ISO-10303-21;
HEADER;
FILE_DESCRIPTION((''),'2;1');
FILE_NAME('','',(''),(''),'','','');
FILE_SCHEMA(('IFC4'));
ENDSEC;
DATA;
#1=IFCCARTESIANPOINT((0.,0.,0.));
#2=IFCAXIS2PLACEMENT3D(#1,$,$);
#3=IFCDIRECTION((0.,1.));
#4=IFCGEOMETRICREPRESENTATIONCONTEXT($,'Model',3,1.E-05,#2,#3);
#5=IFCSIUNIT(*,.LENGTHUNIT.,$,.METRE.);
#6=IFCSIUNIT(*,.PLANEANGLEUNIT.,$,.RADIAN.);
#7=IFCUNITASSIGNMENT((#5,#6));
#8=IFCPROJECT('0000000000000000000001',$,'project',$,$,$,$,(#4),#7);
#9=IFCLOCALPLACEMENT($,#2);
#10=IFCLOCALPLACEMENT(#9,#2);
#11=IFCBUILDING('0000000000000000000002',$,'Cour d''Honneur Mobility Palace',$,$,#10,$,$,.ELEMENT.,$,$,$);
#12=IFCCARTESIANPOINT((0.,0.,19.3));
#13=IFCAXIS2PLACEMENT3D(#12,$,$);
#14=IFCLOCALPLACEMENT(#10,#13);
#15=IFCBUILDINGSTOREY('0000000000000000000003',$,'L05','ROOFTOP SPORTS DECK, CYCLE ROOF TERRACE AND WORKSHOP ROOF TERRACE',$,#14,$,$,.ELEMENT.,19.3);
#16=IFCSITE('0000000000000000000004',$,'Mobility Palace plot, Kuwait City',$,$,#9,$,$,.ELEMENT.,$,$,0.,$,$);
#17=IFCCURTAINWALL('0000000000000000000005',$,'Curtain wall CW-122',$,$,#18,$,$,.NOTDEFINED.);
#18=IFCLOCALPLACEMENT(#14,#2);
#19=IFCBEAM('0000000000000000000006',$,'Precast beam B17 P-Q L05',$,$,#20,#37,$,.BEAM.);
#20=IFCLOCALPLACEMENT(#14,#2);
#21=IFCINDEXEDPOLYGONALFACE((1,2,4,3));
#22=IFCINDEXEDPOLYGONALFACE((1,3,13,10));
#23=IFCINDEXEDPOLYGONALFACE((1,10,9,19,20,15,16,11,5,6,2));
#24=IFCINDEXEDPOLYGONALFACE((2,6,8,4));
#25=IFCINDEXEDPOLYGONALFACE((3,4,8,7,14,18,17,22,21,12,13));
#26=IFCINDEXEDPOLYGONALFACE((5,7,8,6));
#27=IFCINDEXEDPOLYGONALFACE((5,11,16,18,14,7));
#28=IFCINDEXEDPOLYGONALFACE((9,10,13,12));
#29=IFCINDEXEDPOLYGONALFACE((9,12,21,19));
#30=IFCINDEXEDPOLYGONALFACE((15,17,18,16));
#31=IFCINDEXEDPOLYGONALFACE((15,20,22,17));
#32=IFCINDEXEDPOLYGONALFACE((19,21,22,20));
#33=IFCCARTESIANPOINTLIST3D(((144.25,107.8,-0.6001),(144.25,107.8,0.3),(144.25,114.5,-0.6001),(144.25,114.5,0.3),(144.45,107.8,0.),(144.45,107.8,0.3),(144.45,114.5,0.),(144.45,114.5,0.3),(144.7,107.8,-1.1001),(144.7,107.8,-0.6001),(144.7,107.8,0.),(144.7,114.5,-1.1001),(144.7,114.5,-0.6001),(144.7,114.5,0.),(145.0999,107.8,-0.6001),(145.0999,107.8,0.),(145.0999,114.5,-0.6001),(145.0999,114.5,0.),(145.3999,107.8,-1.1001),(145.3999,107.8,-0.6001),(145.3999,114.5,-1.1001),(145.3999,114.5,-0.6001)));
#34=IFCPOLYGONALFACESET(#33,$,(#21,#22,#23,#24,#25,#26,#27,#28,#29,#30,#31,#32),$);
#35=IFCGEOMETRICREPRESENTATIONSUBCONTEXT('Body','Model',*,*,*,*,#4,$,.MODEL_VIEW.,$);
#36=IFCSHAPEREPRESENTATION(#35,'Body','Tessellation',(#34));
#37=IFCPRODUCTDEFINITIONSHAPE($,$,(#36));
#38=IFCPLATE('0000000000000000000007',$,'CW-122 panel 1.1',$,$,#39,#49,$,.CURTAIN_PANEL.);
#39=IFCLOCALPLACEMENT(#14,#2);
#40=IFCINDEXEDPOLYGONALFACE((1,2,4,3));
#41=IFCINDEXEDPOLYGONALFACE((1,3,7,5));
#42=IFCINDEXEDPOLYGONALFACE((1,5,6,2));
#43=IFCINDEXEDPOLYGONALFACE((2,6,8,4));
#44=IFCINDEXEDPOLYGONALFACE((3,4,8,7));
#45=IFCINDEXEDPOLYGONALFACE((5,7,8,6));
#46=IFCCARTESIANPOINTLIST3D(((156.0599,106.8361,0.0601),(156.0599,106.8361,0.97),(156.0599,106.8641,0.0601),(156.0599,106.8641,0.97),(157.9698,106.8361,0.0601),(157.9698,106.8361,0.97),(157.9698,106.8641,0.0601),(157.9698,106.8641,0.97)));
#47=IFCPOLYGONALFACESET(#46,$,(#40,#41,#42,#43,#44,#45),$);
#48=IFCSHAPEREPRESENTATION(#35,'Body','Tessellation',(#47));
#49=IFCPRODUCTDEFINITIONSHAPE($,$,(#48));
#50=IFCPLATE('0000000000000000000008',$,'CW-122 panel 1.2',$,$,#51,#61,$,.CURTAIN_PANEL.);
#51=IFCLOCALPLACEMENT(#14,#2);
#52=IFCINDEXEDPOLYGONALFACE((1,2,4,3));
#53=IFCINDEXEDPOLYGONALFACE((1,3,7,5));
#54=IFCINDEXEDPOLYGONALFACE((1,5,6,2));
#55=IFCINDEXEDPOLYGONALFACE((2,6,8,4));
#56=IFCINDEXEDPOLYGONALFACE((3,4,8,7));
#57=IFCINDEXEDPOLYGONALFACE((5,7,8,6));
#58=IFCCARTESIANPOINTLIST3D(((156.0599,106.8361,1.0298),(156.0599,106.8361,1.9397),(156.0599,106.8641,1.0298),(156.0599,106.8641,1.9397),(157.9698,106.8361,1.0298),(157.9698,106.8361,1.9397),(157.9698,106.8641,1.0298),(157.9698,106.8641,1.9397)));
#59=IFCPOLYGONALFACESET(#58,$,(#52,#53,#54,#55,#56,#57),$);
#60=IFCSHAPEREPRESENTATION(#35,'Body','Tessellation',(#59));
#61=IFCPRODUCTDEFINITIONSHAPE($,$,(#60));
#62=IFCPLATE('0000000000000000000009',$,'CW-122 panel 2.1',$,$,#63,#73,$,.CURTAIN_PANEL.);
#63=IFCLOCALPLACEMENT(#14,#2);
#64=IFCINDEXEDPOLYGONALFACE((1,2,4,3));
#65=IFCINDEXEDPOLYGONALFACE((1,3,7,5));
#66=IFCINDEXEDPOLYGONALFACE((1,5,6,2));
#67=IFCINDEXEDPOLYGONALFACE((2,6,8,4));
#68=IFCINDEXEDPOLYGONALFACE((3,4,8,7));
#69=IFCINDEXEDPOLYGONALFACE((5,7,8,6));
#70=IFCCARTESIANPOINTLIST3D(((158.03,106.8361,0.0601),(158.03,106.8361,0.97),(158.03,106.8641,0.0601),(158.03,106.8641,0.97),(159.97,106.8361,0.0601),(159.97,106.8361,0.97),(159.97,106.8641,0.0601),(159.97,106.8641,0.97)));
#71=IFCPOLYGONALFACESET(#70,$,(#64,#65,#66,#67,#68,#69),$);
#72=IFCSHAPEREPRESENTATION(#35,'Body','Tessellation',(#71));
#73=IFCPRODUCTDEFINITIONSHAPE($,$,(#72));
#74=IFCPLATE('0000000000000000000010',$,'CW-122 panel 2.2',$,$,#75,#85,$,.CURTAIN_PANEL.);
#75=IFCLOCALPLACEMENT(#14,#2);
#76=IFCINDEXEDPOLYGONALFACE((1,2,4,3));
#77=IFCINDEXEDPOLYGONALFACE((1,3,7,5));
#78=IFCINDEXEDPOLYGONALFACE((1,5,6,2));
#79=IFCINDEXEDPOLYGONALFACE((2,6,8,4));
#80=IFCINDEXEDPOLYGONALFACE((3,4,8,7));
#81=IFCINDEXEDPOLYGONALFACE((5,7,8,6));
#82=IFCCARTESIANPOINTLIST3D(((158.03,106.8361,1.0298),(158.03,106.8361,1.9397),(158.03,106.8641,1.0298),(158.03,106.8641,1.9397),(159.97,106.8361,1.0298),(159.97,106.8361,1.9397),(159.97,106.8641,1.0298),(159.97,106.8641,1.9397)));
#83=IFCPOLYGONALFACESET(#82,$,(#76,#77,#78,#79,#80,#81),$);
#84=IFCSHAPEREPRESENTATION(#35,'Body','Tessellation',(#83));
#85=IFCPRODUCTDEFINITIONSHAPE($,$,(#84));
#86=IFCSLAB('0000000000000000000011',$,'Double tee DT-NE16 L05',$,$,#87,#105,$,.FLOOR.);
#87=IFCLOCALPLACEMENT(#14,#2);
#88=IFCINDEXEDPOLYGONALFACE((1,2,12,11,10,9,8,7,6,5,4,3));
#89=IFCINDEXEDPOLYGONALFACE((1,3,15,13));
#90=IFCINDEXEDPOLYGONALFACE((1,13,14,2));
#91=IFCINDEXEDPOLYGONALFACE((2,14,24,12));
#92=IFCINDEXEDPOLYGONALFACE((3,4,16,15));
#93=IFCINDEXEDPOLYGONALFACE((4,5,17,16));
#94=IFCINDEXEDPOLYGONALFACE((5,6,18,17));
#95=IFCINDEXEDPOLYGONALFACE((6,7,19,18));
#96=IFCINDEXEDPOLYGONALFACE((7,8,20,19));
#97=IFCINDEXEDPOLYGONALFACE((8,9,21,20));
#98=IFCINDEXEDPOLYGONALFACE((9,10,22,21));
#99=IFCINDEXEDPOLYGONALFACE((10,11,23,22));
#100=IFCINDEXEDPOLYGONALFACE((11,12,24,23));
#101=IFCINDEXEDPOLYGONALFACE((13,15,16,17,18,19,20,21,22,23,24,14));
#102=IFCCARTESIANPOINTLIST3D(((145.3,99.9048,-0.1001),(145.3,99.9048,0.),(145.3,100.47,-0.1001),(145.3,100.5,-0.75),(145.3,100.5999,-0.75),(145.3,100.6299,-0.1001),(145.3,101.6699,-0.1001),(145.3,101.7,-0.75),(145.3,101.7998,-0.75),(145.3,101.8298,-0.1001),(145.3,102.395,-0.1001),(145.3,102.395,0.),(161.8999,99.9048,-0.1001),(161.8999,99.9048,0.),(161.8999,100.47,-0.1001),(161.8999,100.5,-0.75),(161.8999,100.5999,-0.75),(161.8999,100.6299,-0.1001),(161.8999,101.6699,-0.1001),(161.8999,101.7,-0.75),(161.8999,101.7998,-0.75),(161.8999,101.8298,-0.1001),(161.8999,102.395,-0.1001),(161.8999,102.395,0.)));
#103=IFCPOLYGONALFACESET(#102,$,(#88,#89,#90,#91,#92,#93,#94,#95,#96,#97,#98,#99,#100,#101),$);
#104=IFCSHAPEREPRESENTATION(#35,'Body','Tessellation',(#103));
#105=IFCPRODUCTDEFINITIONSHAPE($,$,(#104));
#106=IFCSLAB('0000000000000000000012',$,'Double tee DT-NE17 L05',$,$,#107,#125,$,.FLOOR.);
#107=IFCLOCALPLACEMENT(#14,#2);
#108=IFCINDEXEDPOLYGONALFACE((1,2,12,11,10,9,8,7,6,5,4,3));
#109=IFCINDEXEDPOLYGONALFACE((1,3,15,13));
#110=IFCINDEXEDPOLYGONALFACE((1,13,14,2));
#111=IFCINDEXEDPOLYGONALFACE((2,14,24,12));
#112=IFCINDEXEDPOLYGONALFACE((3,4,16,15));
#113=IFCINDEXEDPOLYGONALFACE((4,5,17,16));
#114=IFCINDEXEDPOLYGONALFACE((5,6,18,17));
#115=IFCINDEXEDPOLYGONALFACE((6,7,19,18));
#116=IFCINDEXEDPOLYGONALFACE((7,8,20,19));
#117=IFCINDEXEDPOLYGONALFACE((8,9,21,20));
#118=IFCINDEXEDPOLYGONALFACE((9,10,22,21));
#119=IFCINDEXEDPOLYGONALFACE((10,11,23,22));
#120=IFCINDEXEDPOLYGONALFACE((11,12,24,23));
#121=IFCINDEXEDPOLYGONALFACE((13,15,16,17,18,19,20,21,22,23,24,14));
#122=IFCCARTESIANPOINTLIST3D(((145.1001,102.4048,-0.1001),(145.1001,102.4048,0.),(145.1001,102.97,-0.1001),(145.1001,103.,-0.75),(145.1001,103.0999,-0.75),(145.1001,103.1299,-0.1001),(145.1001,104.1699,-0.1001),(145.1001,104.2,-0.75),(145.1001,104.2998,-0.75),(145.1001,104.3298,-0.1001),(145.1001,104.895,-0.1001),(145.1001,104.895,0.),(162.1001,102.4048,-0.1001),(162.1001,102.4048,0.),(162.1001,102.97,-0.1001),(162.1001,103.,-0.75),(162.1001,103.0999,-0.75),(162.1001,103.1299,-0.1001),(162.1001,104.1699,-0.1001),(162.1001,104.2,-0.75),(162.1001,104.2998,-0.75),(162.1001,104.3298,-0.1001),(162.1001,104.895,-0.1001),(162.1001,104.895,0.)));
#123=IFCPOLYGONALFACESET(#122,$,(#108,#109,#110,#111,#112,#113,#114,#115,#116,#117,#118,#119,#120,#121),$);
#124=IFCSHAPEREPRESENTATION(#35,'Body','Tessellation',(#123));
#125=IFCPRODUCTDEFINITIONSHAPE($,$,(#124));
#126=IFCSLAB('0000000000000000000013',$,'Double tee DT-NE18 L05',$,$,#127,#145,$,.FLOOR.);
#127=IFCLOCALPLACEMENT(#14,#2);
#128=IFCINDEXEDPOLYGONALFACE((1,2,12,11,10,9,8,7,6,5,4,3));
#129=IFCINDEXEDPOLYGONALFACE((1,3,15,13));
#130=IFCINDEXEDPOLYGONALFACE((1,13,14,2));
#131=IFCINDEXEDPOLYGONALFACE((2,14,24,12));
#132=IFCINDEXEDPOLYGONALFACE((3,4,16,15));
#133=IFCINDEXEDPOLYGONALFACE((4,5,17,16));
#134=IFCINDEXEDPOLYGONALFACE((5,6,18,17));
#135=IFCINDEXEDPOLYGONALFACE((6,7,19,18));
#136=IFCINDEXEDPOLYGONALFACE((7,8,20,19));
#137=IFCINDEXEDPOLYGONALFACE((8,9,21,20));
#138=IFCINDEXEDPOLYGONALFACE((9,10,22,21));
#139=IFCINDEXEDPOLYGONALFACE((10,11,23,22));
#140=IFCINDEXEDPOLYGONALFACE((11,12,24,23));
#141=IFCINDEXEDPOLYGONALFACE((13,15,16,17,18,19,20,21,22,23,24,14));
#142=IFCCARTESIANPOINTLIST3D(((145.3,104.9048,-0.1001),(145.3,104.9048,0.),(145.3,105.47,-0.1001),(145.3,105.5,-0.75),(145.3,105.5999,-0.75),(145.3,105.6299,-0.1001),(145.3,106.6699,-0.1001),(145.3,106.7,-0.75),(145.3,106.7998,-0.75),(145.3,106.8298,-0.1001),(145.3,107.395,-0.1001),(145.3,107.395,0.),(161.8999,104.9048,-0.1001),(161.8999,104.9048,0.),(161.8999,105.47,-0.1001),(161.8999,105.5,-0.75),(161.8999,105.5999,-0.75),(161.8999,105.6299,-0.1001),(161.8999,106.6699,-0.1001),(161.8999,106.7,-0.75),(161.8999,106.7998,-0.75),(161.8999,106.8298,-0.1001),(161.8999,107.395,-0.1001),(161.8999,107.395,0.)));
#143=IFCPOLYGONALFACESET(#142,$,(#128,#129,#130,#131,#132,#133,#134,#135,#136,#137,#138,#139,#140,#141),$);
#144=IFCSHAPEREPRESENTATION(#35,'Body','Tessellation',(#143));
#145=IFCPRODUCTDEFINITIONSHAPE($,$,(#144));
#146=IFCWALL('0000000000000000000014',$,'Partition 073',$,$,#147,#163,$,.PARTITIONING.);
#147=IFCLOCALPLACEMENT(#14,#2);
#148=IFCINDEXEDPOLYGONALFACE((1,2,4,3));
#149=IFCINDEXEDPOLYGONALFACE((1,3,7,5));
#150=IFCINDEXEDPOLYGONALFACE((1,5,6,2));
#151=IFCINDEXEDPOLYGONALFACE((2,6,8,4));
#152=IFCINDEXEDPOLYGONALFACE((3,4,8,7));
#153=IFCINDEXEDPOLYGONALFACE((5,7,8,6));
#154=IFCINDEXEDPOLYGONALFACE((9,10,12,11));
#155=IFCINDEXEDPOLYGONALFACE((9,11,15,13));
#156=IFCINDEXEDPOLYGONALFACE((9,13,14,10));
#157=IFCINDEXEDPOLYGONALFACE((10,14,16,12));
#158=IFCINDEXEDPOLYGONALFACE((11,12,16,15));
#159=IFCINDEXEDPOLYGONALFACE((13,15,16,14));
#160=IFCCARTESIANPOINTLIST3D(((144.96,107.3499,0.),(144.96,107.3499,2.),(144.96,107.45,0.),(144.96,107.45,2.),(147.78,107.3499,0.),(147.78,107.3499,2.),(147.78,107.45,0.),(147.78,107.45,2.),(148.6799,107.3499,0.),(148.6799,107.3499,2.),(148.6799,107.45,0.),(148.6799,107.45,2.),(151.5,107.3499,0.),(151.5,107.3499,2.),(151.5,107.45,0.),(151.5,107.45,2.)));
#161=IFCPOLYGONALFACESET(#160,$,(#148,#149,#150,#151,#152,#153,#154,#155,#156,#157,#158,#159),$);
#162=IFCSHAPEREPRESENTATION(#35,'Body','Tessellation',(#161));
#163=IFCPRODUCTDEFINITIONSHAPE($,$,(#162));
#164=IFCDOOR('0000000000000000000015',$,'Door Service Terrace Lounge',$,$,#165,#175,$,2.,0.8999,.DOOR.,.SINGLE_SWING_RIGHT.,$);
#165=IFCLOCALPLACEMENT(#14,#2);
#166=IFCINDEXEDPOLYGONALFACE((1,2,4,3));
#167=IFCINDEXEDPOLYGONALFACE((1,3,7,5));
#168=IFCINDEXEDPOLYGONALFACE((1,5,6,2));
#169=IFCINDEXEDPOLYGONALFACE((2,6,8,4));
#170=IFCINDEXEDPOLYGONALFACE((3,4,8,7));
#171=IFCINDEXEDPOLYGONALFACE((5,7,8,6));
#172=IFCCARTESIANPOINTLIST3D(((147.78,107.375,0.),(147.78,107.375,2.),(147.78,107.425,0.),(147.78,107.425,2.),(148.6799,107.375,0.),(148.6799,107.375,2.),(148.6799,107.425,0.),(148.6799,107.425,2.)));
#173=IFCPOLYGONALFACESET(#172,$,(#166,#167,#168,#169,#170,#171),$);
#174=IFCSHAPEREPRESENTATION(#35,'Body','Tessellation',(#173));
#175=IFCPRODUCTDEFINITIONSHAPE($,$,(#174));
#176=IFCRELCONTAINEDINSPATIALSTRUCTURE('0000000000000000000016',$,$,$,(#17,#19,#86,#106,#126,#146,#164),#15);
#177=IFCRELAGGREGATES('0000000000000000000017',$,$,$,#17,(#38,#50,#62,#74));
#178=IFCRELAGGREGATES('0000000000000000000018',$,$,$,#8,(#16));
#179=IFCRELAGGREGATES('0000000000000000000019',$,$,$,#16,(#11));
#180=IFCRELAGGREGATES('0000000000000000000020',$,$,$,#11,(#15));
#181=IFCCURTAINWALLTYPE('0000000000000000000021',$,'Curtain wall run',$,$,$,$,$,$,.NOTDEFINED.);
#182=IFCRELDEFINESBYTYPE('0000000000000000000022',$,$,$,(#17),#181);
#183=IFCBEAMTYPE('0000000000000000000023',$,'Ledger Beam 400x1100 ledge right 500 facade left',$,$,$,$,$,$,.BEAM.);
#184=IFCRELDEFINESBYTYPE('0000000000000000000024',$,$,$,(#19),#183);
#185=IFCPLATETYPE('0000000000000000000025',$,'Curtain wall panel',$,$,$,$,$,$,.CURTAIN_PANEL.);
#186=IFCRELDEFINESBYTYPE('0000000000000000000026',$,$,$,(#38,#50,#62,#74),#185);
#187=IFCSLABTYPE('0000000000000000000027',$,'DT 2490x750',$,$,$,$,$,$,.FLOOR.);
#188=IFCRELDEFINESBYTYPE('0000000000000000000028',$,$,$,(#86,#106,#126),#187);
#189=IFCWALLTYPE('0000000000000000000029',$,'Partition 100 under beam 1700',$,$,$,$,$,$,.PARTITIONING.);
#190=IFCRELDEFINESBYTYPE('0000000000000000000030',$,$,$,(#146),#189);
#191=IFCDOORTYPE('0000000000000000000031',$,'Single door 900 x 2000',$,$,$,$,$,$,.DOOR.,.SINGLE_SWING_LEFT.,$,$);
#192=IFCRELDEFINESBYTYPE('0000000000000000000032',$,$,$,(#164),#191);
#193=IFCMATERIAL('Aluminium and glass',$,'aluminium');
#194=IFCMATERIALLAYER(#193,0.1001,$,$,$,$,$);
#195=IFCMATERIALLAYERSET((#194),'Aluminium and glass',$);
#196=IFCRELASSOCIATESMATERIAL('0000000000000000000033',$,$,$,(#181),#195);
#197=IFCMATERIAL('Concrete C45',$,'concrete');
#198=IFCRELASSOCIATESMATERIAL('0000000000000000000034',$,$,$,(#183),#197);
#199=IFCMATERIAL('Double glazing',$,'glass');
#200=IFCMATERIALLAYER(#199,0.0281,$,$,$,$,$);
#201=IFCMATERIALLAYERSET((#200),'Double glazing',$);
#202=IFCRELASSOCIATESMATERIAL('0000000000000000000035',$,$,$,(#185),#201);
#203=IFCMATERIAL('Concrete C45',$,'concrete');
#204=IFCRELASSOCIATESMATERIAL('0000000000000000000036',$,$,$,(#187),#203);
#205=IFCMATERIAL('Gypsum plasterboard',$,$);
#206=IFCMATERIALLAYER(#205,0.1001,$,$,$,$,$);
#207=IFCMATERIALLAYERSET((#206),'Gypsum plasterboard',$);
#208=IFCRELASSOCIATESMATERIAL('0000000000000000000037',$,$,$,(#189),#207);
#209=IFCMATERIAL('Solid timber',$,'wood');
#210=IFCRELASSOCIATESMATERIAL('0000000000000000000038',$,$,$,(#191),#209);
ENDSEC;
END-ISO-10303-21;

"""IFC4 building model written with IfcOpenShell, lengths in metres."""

from ifc_helpers import new_model, si_unit, direction, frame, frame_2d, origin, origin_2d, place, context, subcontext, project, spatial, polyline, rectangle, outline, extrude, material, layer, layer_set, material_profile, profile_set, type_object, element, fill, aggregate, save


model = new_model("IFC4")

# Units and contexts
model_context = context("Model", 3, precision=1e-05, world=origin(), true_north=direction((0.0, 1.0)))
body_context = subcontext(model_context, "Body", "Model", "MODEL_VIEW")
ifc_project = project(units=[si_unit("LENGTHUNIT", "METRE"), si_unit("PLANEANGLEUNIT", "RADIAN")], contexts=[model_context])

# Site, building, storey
site_placement = place(None, origin())
site = spatial("IfcSite", under=ifc_project, at=site_placement, Name="Mobility Palace plot, Kuwait City", CompositionType="ELEMENT", RefElevation=0.0)
building_placement = place(site_placement, origin())
building = spatial("IfcBuilding", under=site, at=building_placement, Name="Cour d'Honneur Mobility Palace", CompositionType="ELEMENT")
storey_placement = place(building_placement, frame((0.0, 0.0, 19.3)))
storey = spatial("IfcBuildingStorey", under=building, at=storey_placement, Name="L05", Description="ROOFTOP SPORTS DECK, CYCLE ROOF TERRACE AND WORKSHOP ROOF TERRACE", CompositionType="ELEMENT", Elevation=19.3)

# Curtain wall
ifc_material_1 = material(Name="Aluminium and glass", Category="aluminium")
ifc_layer_1 = layer(ifc_material_1, 0.1001)
ifc_layer_set_1 = layer_set([ifc_layer_1], Name="Aluminium and glass")
curtain_wall_type = type_object("IfcCurtainWallType", Name="Curtain wall run", PredefinedType="NOTDEFINED", material=ifc_layer_set_1)
curtain_wall_placement = place(storey_placement, origin())
curtain_wall = element("IfcCurtainWall", 1, at=curtain_wall_placement, inside=storey, type_object=curtain_wall_type, Name="Curtain wall CW-122", PredefinedType="NOTDEFINED")

# Beam
ifc_material_2 = material(Name="Concrete C45", Category="concrete")
ifc_material_profile_1 = material_profile(ifc_material_2, outline(polyline([(0.2, -1.1001), (0.2, -0.6001), (0.6499, -0.6001), (0.6499, 0.3), (0.45, 0.3), (0.45, 0.0), (0.2, 0.0), (-0.2, 0.0), (-0.2, -0.6001), (-0.5, -0.6001), (-0.5, -1.1001), (0.2, -1.1001)])), Name="Ledger Beam 400x1100 ledge right 500 facade left")
ifc_profile_set_1 = profile_set([ifc_material_profile_1], Name="Concrete C45")
beam_type_1 = type_object("IfcBeamType", Name="Ledger Beam 400x1100 ledge right 500 facade left", PredefinedType="BEAM", material=ifc_profile_set_1)
beam_1_placement = place(storey_placement, frame((144.8999, 107.8, 0.0), z_axis=(0.0, 1.0, 0.0), x_axis=(-1.0, 0.0, 0.0)))
element("IfcBeam", 2, at=beam_1_placement, inside=storey, type_object=beam_type_1, Name="Precast beam B17 P-Q L05", PredefinedType="BEAM", context=body_context, shape_type="SweptSolid", body=[
    extrude(outline(polyline([(0.2, -1.1001), (0.2, -0.6001), (0.6499, -0.6001), (0.6499, 0.3), (0.45, 0.3), (0.45, 0.0), (0.2, 0.0), (-0.2, 0.0), (-0.2, -0.6001), (-0.5, -0.6001), (-0.5, -1.1001), (0.2, -1.1001)])), origin(), (0.0, 0.0, 1.0), 6.7),
])

# Plates
ifc_material_3 = material(Name="Double glazing", Category="glass")
ifc_layer_2 = layer(ifc_material_3, 0.0281)
ifc_layer_set_2 = layer_set([ifc_layer_2], Name="Double glazing")
plate_type = type_object("IfcPlateType", Name="Curtain wall panel", PredefinedType="CURTAIN_PANEL", material=ifc_layer_set_2)
plate_1_placement = place(storey_placement, frame((157.0149, 106.8501, 0.0601), z_axis=(0.0, 0.0, 1.0), x_axis=(1.0, 0.0, 0.0)))
plate_1 = element("IfcPlate", 3, at=plate_1_placement, type_object=plate_type, Name="CW-122 panel 1.1", PredefinedType="CURTAIN_PANEL", context=body_context, shape_type="SweptSolid", body=[
    extrude(rectangle(XDim=1.9099, YDim=0.0281, at=origin_2d()), origin(), (0.0, 0.0, 1.0), 0.9099),
])
plate_2_placement = place(storey_placement, frame((157.0149, 106.8501, 1.0298), z_axis=(0.0, 0.0, 1.0), x_axis=(1.0, 0.0, 0.0)))
plate_2 = element("IfcPlate", 4, at=plate_2_placement, type_object=plate_type, Name="CW-122 panel 1.2", PredefinedType="CURTAIN_PANEL", context=body_context, shape_type="SweptSolid", body=[
    extrude(rectangle(XDim=1.9099, YDim=0.0281, at=origin_2d()), origin(), (0.0, 0.0, 1.0), 0.9099),
])
plate_3_placement = place(storey_placement, frame((159.0, 106.8501, 0.0601), z_axis=(0.0, 0.0, 1.0), x_axis=(1.0, 0.0, 0.0)))
plate_3 = element("IfcPlate", 5, at=plate_3_placement, type_object=plate_type, Name="CW-122 panel 2.1", PredefinedType="CURTAIN_PANEL", context=body_context, shape_type="SweptSolid", body=[
    extrude(rectangle(XDim=1.9399, YDim=0.0281, at=origin_2d()), origin(), (0.0, 0.0, 1.0), 0.9099),
])
plate_4_placement = place(storey_placement, frame((159.0, 106.8501, 1.0298), z_axis=(0.0, 0.0, 1.0), x_axis=(1.0, 0.0, 0.0)))
plate_4 = element("IfcPlate", 6, at=plate_4_placement, type_object=plate_type, Name="CW-122 panel 2.2", PredefinedType="CURTAIN_PANEL", context=body_context, shape_type="SweptSolid", body=[
    extrude(rectangle(XDim=1.9399, YDim=0.0281, at=origin_2d()), origin(), (0.0, 0.0, 1.0), 0.9099),
])
aggregate(curtain_wall, [plate_1, plate_2, plate_3, plate_4])

# Slabs
ifc_material_4 = material(Name="Concrete C45", Category="concrete")
ifc_material_profile_2 = material_profile(ifc_material_4, outline(polyline([(-1.2451, 0.0), (1.2451, 0.0), (1.2451, -0.1001), (0.6799, -0.1001), (0.6499, -0.75), (0.55, -0.75), (0.52, -0.1001), (-0.52, -0.1001), (-0.55, -0.75), (-0.6499, -0.75), (-0.6799, -0.1001), (-1.2451, -0.1001), (-1.2451, 0.0)])), Name="DT 2490x750")
ifc_profile_set_2 = profile_set([ifc_material_profile_2], Name="Concrete C45")
slab_type = type_object("IfcSlabType", Name="DT 2490x750", PredefinedType="FLOOR", material=ifc_profile_set_2)
slab_1_placement = place(storey_placement, frame((145.3, 101.1499, 0.0), z_axis=(1.0, 0.0, 0.0), x_axis=(0.0, 1.0, 0.0)))
element("IfcSlab", 7, at=slab_1_placement, inside=storey, type_object=slab_type, Name="Double tee DT-NE16 L05", PredefinedType="FLOOR", context=body_context, shape_type="SweptSolid", body=[
    extrude(outline(polyline([(-1.2451, 0.0), (1.2451, 0.0), (1.2451, -0.1001), (0.6799, -0.1001), (0.6499, -0.75), (0.55, -0.75), (0.52, -0.1001), (-0.52, -0.1001), (-0.55, -0.75), (-0.6499, -0.75), (-0.6799, -0.1001), (-1.2451, -0.1001), (-1.2451, 0.0)])), origin(), (0.0, 0.0, 1.0), 16.5999),
])
slab_2_placement = place(storey_placement, frame((145.1001, 103.6499, 0.0), z_axis=(1.0, 0.0, 0.0), x_axis=(0.0, 1.0, 0.0)))
element("IfcSlab", 8, at=slab_2_placement, inside=storey, type_object=slab_type, Name="Double tee DT-NE17 L05", PredefinedType="FLOOR", context=body_context, shape_type="SweptSolid", body=[
    extrude(outline(polyline([(-1.2451, 0.0), (1.2451, 0.0), (1.2451, -0.1001), (0.6799, -0.1001), (0.6499, -0.75), (0.55, -0.75), (0.52, -0.1001), (-0.52, -0.1001), (-0.55, -0.75), (-0.6499, -0.75), (-0.6799, -0.1001), (-1.2451, -0.1001), (-1.2451, 0.0)])), origin(), (0.0, 0.0, 1.0), 17.0),
])
slab_3_placement = place(storey_placement, frame((145.3, 106.1499, 0.0), z_axis=(1.0, 0.0, 0.0), x_axis=(0.0, 1.0, 0.0)))
element("IfcSlab", 9, at=slab_3_placement, inside=storey, type_object=slab_type, Name="Double tee DT-NE18 L05", PredefinedType="FLOOR", context=body_context, shape_type="SweptSolid", body=[
    extrude(outline(polyline([(-1.2451, 0.0), (1.2451, 0.0), (1.2451, -0.1001), (0.6799, -0.1001), (0.6499, -0.75), (0.55, -0.75), (0.52, -0.1001), (-0.52, -0.1001), (-0.55, -0.75), (-0.6499, -0.75), (-0.6799, -0.1001), (-1.2451, -0.1001), (-1.2451, 0.0)])), origin(), (0.0, 0.0, 1.0), 16.5999),
])

# Wall, opening, door
ifc_material_5 = material(Name="Gypsum plasterboard")
ifc_layer_3 = layer(ifc_material_5, 0.1001)
ifc_layer_set_3 = layer_set([ifc_layer_3], Name="Gypsum plasterboard")
wall_type_1 = type_object("IfcWallType", Name="Partition 100 under beam 1700", PredefinedType="PARTITIONING", material=ifc_layer_set_3)
wall_1_placement = place(storey_placement, frame((144.96, 107.3999, 0.0), z_axis=(0.0, 0.0, 1.0), x_axis=(1.0, 0.0, 0.0)))
wall_1 = element("IfcWall", 10, at=wall_1_placement, inside=storey, type_object=wall_type_1, Name="Partition 073", PredefinedType="PARTITIONING", context=body_context, shape_type="SweptSolid", body=[
    extrude(rectangle(XDim=6.54, YDim=0.1001, at=frame_2d((3.27, 0.0))), origin(), (0.0, 0.0, 1.0), 2.0),
])
opening_1_placement = place(wall_1_placement, frame((2.8201, 0.0, 0.0)))
opening_1 = element("IfcOpeningElement", 11, at=opening_1_placement, cuts=wall_1, PredefinedType="OPENING", context=body_context, shape_type="SweptSolid", body=[
    extrude(rectangle(XDim=0.8999, YDim=2.0, at=frame_2d((0.45, 1.0))), frame((0.0, 0.0601, 0.0), z_axis=(0.0, -1.0, 0.0), x_axis=(1.0, 0.0, 0.0)), (0.0, 0.0, 1.0), 0.1201),
])
ifc_material_6 = material(Name="Solid timber", Category="wood")
door_type_1 = type_object("IfcDoorType", Name="Single door 900 x 2000", OperationType="SINGLE_SWING_LEFT", PredefinedType="DOOR", material=ifc_material_6)
door_1_placement = place(opening_1_placement, frame((0.8999, 0.0, 0.0), z_axis=(0.0, 0.0, 1.0), x_axis=(-1.0, 0.0, 0.0)))
door_1 = element("IfcDoor", 12, at=door_1_placement, inside=storey, type_object=door_type_1, Name="Door Service Terrace Lounge", OperationType="SINGLE_SWING_RIGHT", OverallHeight=2.0, OverallWidth=0.8999, PredefinedType="DOOR", context=body_context, shape_type="SweptSolid", body=[
    extrude(rectangle(XDim=0.8999, YDim=2.0, at=frame_2d((0.45, 1.0))), frame((0.0, 0.0249, 0.0), z_axis=(0.0, -1.0, 0.0), x_axis=(1.0, 0.0, 0.0)), (0.0, 0.0, 1.0), 0.05),
])
fill(opening_1, door_1)

save(model, "model.ifc")
